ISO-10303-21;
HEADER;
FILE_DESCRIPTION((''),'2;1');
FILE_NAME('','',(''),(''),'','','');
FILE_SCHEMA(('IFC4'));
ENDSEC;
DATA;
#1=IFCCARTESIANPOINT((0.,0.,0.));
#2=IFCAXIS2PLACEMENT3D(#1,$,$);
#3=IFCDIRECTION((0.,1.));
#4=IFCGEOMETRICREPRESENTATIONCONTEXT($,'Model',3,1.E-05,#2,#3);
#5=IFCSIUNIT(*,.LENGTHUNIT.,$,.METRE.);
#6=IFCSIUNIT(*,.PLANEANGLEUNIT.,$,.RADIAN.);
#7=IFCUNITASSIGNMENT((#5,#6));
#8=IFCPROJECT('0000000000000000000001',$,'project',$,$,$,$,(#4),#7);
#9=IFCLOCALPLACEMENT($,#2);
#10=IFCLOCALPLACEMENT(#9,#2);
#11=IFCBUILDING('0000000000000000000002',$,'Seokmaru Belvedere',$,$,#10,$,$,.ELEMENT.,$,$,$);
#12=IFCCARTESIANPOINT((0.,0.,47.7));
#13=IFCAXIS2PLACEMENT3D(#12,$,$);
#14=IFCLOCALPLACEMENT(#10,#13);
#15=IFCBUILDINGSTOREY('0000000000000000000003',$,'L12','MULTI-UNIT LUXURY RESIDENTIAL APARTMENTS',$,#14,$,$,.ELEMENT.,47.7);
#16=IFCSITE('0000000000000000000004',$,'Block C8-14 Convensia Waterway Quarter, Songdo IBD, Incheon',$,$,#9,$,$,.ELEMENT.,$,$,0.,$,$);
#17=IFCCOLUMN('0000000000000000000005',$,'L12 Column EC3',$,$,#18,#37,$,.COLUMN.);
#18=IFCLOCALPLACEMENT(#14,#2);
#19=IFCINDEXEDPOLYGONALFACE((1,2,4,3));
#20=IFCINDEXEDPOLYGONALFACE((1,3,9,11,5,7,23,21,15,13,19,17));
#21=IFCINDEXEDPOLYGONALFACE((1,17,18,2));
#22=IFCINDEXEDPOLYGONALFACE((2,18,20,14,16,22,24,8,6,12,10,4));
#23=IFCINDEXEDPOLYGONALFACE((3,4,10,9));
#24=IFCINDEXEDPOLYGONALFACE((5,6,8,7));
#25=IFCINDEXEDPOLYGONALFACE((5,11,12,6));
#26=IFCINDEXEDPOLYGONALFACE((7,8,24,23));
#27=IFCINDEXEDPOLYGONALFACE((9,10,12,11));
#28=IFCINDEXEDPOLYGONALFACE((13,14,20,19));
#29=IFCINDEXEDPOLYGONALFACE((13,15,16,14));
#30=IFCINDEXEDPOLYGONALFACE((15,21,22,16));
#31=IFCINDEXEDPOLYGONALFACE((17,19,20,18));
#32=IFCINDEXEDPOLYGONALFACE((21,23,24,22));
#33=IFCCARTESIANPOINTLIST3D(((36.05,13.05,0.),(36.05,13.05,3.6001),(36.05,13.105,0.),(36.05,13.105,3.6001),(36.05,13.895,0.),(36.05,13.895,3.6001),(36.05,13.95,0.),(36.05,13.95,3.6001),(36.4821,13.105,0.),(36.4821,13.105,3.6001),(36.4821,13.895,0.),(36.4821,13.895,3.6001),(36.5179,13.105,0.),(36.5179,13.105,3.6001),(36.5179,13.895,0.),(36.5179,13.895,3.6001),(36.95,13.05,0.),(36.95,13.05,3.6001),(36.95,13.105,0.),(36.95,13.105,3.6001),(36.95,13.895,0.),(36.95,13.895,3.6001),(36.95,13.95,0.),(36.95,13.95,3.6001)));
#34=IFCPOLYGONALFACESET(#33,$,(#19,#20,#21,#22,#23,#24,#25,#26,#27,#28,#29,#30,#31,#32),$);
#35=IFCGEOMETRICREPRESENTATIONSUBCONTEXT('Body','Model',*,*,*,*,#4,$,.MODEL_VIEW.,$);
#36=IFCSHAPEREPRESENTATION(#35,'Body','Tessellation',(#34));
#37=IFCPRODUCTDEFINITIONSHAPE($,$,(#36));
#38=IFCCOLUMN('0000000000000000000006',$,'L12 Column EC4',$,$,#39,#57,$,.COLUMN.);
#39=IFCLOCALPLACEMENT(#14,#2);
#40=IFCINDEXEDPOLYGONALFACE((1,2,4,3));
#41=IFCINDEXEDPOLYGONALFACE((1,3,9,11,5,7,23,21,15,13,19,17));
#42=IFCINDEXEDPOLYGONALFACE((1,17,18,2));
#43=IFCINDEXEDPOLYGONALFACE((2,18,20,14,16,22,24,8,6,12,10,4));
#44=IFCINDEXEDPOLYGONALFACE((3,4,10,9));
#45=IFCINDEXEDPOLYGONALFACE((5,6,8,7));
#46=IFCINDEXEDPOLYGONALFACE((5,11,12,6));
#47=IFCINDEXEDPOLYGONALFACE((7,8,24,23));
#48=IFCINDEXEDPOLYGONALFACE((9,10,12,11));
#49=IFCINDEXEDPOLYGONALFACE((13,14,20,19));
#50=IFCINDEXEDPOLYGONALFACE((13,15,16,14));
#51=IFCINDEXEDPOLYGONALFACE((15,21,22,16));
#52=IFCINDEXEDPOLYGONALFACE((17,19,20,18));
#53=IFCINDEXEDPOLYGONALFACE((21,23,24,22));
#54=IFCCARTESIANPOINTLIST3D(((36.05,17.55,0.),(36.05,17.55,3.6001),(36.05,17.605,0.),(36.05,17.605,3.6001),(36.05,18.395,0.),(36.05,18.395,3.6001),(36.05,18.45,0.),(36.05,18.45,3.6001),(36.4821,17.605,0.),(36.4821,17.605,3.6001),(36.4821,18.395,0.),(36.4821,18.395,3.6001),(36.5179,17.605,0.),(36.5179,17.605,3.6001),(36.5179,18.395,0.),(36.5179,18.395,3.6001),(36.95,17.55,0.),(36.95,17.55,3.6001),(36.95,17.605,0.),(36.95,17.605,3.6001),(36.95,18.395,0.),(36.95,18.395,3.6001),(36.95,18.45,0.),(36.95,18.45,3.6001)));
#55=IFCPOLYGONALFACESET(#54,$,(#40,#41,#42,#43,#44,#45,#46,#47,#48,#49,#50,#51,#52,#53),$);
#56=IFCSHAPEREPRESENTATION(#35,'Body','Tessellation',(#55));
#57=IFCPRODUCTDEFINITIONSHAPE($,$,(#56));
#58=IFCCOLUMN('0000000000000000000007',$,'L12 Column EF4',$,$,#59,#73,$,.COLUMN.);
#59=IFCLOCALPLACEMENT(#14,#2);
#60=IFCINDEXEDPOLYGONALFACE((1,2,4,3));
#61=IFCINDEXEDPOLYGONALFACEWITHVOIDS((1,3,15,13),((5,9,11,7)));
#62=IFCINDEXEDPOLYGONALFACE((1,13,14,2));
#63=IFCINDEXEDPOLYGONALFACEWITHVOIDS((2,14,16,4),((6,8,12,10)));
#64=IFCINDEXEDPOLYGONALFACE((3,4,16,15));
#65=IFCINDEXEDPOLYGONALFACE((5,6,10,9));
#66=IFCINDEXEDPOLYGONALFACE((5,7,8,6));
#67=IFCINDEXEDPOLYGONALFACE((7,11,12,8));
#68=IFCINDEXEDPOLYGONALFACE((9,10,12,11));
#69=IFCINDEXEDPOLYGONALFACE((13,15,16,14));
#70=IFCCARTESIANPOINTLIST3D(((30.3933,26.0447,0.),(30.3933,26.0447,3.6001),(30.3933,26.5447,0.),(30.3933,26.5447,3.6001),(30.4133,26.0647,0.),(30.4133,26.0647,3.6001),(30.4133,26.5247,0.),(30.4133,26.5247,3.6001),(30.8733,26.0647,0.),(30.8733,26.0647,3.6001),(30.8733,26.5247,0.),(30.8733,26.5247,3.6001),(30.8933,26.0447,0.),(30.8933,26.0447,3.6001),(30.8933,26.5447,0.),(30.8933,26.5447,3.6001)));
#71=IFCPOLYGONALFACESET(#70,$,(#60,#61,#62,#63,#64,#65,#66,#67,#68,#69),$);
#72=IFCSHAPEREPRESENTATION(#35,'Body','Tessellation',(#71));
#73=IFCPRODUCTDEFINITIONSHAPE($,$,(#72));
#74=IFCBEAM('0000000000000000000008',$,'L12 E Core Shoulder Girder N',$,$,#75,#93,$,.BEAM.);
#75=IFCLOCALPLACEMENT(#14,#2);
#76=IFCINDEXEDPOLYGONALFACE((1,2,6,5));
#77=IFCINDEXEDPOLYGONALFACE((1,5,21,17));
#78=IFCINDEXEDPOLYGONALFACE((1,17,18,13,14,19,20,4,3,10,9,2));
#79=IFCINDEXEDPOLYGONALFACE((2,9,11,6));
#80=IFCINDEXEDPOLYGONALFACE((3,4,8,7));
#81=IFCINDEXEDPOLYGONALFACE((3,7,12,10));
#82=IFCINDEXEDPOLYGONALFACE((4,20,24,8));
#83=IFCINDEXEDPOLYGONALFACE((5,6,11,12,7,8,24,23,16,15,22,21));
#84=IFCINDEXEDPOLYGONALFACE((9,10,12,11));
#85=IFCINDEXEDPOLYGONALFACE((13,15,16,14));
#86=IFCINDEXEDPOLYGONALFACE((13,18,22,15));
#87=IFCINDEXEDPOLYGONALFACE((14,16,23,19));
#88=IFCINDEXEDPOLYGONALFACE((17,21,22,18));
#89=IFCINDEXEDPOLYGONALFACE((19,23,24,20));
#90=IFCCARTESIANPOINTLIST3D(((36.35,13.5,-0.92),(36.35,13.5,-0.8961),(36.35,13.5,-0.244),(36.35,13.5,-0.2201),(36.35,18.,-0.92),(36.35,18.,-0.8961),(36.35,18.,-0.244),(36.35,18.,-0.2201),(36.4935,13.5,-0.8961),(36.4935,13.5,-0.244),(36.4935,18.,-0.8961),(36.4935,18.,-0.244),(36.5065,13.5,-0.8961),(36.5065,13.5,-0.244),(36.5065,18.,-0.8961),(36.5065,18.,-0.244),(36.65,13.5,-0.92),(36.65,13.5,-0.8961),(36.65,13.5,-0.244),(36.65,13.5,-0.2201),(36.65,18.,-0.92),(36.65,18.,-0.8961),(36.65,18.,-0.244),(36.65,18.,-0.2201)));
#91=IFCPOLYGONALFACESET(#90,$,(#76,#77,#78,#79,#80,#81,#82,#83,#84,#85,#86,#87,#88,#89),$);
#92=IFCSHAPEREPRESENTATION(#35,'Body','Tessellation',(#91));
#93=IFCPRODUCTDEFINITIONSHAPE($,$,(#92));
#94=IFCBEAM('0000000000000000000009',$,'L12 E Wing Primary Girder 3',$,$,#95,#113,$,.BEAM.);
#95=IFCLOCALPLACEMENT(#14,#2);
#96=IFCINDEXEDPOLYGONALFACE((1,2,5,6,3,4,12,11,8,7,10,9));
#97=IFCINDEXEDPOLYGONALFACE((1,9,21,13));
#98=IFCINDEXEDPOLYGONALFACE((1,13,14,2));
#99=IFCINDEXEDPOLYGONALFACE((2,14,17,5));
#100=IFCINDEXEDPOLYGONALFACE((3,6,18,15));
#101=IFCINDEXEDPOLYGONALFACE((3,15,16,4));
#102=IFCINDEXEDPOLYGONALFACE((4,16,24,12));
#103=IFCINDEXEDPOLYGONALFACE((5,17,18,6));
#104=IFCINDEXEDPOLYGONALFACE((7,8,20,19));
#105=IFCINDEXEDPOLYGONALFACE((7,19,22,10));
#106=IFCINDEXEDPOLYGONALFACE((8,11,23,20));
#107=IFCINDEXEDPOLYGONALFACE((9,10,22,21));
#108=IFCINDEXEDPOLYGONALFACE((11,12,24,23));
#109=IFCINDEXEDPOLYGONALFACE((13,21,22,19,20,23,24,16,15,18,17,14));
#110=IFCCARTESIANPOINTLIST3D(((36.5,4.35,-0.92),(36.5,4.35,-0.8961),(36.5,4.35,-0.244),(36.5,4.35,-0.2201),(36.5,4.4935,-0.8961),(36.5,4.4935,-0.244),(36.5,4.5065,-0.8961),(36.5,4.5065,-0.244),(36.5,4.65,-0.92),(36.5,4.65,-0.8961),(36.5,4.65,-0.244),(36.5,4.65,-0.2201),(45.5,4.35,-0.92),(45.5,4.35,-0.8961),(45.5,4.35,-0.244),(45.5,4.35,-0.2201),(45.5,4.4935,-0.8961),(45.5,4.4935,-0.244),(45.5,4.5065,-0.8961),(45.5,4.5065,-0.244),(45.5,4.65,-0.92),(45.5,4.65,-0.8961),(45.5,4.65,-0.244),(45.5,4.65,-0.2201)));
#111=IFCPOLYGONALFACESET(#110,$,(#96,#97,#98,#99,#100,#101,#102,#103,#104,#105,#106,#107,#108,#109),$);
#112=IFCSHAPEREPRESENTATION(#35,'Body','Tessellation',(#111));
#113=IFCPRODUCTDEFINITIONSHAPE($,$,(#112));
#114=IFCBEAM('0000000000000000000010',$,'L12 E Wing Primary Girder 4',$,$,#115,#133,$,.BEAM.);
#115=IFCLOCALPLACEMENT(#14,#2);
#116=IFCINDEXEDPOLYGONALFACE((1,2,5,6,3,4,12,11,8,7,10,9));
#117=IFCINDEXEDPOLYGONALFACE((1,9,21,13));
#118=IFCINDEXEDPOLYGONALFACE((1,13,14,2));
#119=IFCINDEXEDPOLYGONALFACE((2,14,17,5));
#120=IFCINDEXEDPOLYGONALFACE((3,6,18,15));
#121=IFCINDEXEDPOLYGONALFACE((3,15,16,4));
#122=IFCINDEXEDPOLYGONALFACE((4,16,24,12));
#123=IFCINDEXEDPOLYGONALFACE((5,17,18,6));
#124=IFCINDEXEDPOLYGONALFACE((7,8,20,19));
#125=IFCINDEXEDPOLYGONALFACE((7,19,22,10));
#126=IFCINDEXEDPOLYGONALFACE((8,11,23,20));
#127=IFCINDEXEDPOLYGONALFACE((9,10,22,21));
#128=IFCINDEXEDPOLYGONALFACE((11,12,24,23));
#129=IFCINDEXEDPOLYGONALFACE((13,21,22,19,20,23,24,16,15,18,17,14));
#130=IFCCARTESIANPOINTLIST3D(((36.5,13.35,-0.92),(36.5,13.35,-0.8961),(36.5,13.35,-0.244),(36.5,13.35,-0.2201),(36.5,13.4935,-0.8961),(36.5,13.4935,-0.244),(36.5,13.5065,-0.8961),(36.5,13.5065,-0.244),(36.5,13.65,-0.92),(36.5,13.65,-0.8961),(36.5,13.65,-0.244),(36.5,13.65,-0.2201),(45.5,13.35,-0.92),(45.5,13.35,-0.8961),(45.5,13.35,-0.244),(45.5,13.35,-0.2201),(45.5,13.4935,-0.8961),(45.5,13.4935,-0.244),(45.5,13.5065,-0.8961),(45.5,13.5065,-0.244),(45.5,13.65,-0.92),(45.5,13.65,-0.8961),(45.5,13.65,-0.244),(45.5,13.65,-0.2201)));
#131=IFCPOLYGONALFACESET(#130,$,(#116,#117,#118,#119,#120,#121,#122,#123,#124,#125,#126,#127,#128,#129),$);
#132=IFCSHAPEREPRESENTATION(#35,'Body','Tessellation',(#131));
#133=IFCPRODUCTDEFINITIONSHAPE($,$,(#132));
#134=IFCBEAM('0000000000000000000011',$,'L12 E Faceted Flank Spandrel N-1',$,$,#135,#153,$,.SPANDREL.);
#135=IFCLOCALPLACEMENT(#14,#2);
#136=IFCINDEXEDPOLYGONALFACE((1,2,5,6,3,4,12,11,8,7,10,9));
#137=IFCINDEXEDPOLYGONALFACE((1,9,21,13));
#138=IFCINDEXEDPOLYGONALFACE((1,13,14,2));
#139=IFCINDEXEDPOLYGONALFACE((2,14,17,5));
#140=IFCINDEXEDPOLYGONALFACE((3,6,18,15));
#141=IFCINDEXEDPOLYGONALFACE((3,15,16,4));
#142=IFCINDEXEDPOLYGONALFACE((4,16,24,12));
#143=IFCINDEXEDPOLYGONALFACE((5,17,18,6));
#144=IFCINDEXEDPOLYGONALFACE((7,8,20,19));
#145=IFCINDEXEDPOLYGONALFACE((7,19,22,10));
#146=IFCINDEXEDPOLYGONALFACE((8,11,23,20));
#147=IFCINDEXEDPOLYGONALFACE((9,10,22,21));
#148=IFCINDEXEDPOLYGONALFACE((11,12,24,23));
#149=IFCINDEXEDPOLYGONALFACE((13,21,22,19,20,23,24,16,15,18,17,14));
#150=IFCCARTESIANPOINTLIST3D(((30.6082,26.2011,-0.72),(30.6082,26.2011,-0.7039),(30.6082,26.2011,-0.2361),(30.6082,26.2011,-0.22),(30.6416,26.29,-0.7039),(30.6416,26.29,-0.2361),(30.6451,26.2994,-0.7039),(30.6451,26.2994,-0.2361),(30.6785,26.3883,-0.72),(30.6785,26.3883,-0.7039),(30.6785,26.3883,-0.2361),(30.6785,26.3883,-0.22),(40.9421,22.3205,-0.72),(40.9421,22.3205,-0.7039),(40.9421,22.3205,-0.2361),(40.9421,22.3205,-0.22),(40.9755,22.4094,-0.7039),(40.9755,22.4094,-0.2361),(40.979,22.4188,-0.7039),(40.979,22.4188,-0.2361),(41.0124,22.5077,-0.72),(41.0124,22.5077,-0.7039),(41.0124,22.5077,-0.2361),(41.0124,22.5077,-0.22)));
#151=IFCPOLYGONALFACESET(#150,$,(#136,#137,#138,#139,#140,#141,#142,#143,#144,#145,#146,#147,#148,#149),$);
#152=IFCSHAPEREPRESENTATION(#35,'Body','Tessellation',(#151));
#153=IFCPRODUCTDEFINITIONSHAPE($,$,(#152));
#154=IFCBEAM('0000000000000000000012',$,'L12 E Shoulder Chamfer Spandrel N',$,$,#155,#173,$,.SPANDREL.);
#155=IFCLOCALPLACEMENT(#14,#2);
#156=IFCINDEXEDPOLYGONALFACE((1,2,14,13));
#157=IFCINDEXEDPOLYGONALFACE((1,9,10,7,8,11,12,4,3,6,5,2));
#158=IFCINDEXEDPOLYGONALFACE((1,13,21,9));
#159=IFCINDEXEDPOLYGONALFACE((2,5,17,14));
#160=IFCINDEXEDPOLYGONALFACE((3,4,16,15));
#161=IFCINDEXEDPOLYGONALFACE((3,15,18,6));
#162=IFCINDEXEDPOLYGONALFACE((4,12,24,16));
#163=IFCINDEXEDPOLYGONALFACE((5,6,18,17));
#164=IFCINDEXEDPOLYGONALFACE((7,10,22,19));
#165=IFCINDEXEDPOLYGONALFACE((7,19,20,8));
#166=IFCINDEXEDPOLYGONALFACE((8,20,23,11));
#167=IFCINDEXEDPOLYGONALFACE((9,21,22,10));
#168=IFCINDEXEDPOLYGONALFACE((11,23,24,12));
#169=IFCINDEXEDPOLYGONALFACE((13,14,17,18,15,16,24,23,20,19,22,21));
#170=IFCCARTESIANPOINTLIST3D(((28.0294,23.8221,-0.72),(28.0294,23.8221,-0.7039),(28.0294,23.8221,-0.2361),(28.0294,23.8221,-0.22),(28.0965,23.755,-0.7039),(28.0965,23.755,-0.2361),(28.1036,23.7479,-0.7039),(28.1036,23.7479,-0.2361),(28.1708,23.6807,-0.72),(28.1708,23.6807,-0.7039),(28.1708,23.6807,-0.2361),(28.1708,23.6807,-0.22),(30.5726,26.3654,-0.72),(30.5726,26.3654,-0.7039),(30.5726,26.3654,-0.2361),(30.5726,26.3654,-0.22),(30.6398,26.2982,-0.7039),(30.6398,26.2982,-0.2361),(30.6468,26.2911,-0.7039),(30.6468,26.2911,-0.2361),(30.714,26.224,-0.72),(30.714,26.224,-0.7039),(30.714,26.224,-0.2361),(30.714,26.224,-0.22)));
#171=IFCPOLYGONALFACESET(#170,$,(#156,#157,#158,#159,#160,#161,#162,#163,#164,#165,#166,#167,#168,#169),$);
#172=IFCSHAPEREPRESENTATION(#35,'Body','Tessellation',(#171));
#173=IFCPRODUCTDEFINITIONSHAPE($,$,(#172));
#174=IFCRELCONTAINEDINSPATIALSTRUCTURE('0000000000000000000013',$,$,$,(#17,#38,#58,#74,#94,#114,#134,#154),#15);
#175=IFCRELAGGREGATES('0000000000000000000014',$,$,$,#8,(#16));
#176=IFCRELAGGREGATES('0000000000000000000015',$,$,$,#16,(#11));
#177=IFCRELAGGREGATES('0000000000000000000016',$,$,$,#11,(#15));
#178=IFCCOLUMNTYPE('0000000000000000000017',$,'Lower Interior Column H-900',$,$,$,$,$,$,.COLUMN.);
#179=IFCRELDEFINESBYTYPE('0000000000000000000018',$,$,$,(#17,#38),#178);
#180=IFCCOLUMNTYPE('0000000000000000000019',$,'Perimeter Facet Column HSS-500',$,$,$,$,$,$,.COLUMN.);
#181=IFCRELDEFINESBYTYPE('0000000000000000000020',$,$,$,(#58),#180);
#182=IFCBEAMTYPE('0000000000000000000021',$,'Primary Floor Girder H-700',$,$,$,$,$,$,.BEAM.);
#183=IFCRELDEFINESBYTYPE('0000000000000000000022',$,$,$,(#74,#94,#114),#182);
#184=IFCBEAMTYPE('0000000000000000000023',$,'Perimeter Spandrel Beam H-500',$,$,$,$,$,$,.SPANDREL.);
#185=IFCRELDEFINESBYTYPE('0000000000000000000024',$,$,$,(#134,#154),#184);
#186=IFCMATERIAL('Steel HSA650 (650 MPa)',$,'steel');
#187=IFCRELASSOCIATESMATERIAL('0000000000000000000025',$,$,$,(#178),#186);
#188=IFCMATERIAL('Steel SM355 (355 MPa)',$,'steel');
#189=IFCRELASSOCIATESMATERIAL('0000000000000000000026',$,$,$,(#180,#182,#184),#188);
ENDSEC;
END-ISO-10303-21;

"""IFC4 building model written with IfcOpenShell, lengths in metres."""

from ifc_helpers import new_model, si_unit, direction, frame, origin, origin_2d, place, context, subcontext, project, spatial, hollow_rectangle, i_section, extrude, source, transform, mapped, material, material_profile, profile_set, type_object, type_shapes, element, save


model = new_model("IFC4")

# Units and contexts
model_context = context("Model", 3, precision=1e-05, world=origin(), true_north=direction((0.0, 1.0)))
body_context = subcontext(model_context, "Body", "Model", "MODEL_VIEW")
ifc_project = project(units=[si_unit("LENGTHUNIT", "METRE"), si_unit("PLANEANGLEUNIT", "RADIAN")], contexts=[model_context])

# Site, building, storey
site_placement = place(None, origin())
site = spatial("IfcSite", under=ifc_project, at=site_placement, Name="Block C8-14 Convensia Waterway Quarter, Songdo IBD, Incheon", CompositionType="ELEMENT", RefElevation=0.0)
building_placement = place(site_placement, origin())
building = spatial("IfcBuilding", under=site, at=building_placement, Name="Seokmaru Belvedere", CompositionType="ELEMENT")
storey_placement = place(building_placement, frame((0.0, 0.0, 47.7)))
storey = spatial("IfcBuildingStorey", under=building, at=storey_placement, Name="L12", Description="MULTI-UNIT LUXURY RESIDENTIAL APARTMENTS", CompositionType="ELEMENT", Elevation=47.7)

# Columns
ifc_material_1 = material(Name="Steel HSA650 (650 MPa)", Category="steel")
ifc_material_profile_1 = material_profile(ifc_material_1, i_section(OverallWidth=0.8999, OverallDepth=0.8999, WebThickness=0.0359, FlangeThickness=0.0549, at=origin_2d()), Name="H-900x900x36x55")
ifc_profile_set_1 = profile_set([ifc_material_profile_1], Name="Steel HSA650 (650 MPa)")
column_type_1 = type_object("IfcColumnType", Name="Lower Interior Column H-900", PredefinedType="COLUMN", material=ifc_profile_set_1)
shared_shape_1 = source(origin(), body_context, "Body", "SweptSolid", [
    extrude(i_section(OverallWidth=0.8999, OverallDepth=0.8999, WebThickness=0.0359, FlangeThickness=0.0549, at=origin_2d()), origin(), (0.0, 0.0, 1.0), 3.6001),
])
type_shapes(column_type_1, [shared_shape_1])
for number, where, z_axis, x_axis, name in (
    (1, (36.5, 13.5, 0.0), (0.0, 0.0, 1.0), (1.0, 0.0, 0.0), "L12 Column EC3"),
    (2, (36.5, 18.0, 0.0), (0.0, 0.0, 1.0), (1.0, 0.0, 0.0), "L12 Column EC4"),
):
    element("IfcColumn", number, at=place(storey_placement, frame(where, z_axis=z_axis, x_axis=x_axis)), inside=storey, type_object=column_type_1, Name=name, PredefinedType="COLUMN", context=body_context, shape_type="MappedRepresentation", body=[
        mapped(shared_shape_1, transform((0.0, 0.0, 0.0), scale=1.0)),
    ])
ifc_material_2 = material(Name="Steel SM355 (355 MPa)", Category="steel")
ifc_material_profile_2 = material_profile(ifc_material_2, hollow_rectangle(XDim=0.5, YDim=0.5, WallThickness=0.02, at=origin_2d()), Name="HSS-500x500x20")
ifc_profile_set_2 = profile_set([ifc_material_profile_2], Name="Steel SM355 (355 MPa)")
column_type_2 = type_object("IfcColumnType", Name="Perimeter Facet Column HSS-500", PredefinedType="COLUMN", material=ifc_profile_set_2)
shared_shape_2 = source(origin(), body_context, "Body", "SweptSolid", [
    extrude(hollow_rectangle(XDim=0.5, YDim=0.5, WallThickness=0.02, at=origin_2d()), origin(), (0.0, 0.0, 1.0), 3.6001),
])
type_shapes(column_type_2, [shared_shape_2])
column_placement = place(storey_placement, frame((30.6433, 26.2947, 0.0), z_axis=(0.0, 0.0, 1.0), x_axis=(1.0, 0.0, 0.0)))
element("IfcColumn", 3, at=column_placement, inside=storey, type_object=column_type_2, Name="L12 Column EF4", PredefinedType="COLUMN", context=body_context, shape_type="MappedRepresentation", body=[
    mapped(shared_shape_2, transform((0.0, 0.0, 0.0), scale=1.0)),
])

# Beams
ifc_material_profile_3 = material_profile(ifc_material_2, i_section(OverallWidth=0.3, OverallDepth=0.7, WebThickness=0.0129, FlangeThickness=0.0239, at=origin_2d()), Name="H-700x300x13x24")
ifc_profile_set_3 = profile_set([ifc_material_profile_3], Name="Steel SM355 (355 MPa)")
beam_type_1 = type_object("IfcBeamType", Name="Primary Floor Girder H-700", PredefinedType="BEAM", material=ifc_profile_set_3)
shared_shape_3 = source(origin(), body_context, "Body", "SweptSolid", [
    extrude(i_section(OverallWidth=0.3, OverallDepth=0.7, WebThickness=0.0129, FlangeThickness=0.0239, at=origin_2d()), origin(), (0.0, 0.0, 1.0), 4.5),
])
beam_1_placement = place(storey_placement, frame((36.5, 13.5, -0.5701), z_axis=(0.0, 1.0, 0.0), x_axis=(-1.0, 0.0, 0.0)))
element("IfcBeam", 4, at=beam_1_placement, inside=storey, type_object=beam_type_1, Name="L12 E Core Shoulder Girder N", PredefinedType="BEAM", context=body_context, shape_type="MappedRepresentation", body=[
    mapped(shared_shape_3, transform((0.0, 0.0, 0.0), scale=1.0)),
])
shared_shape_4 = source(origin(), body_context, "Body", "SweptSolid", [
    extrude(i_section(OverallWidth=0.3, OverallDepth=0.7, WebThickness=0.0129, FlangeThickness=0.0239, at=origin_2d()), origin(), (0.0, 0.0, 1.0), 9.0),
])
type_shapes(beam_type_1, [shared_shape_3, shared_shape_4])
for number, where, z_axis, x_axis, name in (
    (5, (36.5, 4.5, -0.5701), (1.0, 0.0, 0.0), (0.0, 1.0, 0.0), "L12 E Wing Primary Girder 3"),
    (6, (36.5, 13.5, -0.5701), (1.0, 0.0, 0.0), (0.0, 1.0, 0.0), "L12 E Wing Primary Girder 4"),
):
    element("IfcBeam", number, at=place(storey_placement, frame(where, z_axis=z_axis, x_axis=x_axis)), inside=storey, type_object=beam_type_1, Name=name, PredefinedType="BEAM", context=body_context, shape_type="MappedRepresentation", body=[
        mapped(shared_shape_4, transform((0.0, 0.0, 0.0), scale=1.0)),
    ])
ifc_material_profile_4 = material_profile(ifc_material_2, i_section(OverallWidth=0.2, OverallDepth=0.5, WebThickness=0.01, FlangeThickness=0.0161, at=origin_2d()), Name="H-500x200x10x16")
ifc_profile_set_4 = profile_set([ifc_material_profile_4], Name="Steel SM355 (355 MPa)")
beam_type_2 = type_object("IfcBeamType", Name="Perimeter Spandrel Beam H-500", PredefinedType="SPANDREL", material=ifc_profile_set_4)
shared_shape_5 = source(origin(), body_context, "Body", "SweptSolid", [
    extrude(i_section(OverallWidth=0.2, OverallDepth=0.5, WebThickness=0.01, FlangeThickness=0.0161, at=origin_2d()), origin(), (0.0, 0.0, 1.0), 11.0386),
])
beam_2_placement = place(storey_placement, frame((30.6433, 26.2947, -0.47), z_axis=(0.936169, -0.35155, 0.0), x_axis=(0.35155, 0.936169, 0.0)))
element("IfcBeam", 7, at=beam_2_placement, inside=storey, type_object=beam_type_2, Name="L12 E Faceted Flank Spandrel N-1", PredefinedType="SPANDREL", context=body_context, shape_type="MappedRepresentation", body=[
    mapped(shared_shape_5, transform((0.0, 0.0, 0.0), scale=1.0)),
])
shared_shape_6 = source(origin(), body_context, "Body", "SweptSolid", [
    extrude(i_section(OverallWidth=0.2, OverallDepth=0.5, WebThickness=0.01, FlangeThickness=0.0161, at=origin_2d()), origin(), (0.0, 0.0, 1.0), 3.5967),
])
type_shapes(beam_type_2, [shared_shape_5, shared_shape_6])
beam_3_placement = place(storey_placement, frame((30.6433, 26.2947, -0.47), z_axis=(-0.707107, -0.707107, 0.0), x_axis=(0.707107, -0.707107, 0.0)))
element("IfcBeam", 8, at=beam_3_placement, inside=storey, type_object=beam_type_2, Name="L12 E Shoulder Chamfer Spandrel N", PredefinedType="SPANDREL", context=body_context, shape_type="MappedRepresentation", body=[
    mapped(shared_shape_6, transform((0.0, 0.0, 0.0), scale=1.0)),
])

save(model, "model.ifc")
